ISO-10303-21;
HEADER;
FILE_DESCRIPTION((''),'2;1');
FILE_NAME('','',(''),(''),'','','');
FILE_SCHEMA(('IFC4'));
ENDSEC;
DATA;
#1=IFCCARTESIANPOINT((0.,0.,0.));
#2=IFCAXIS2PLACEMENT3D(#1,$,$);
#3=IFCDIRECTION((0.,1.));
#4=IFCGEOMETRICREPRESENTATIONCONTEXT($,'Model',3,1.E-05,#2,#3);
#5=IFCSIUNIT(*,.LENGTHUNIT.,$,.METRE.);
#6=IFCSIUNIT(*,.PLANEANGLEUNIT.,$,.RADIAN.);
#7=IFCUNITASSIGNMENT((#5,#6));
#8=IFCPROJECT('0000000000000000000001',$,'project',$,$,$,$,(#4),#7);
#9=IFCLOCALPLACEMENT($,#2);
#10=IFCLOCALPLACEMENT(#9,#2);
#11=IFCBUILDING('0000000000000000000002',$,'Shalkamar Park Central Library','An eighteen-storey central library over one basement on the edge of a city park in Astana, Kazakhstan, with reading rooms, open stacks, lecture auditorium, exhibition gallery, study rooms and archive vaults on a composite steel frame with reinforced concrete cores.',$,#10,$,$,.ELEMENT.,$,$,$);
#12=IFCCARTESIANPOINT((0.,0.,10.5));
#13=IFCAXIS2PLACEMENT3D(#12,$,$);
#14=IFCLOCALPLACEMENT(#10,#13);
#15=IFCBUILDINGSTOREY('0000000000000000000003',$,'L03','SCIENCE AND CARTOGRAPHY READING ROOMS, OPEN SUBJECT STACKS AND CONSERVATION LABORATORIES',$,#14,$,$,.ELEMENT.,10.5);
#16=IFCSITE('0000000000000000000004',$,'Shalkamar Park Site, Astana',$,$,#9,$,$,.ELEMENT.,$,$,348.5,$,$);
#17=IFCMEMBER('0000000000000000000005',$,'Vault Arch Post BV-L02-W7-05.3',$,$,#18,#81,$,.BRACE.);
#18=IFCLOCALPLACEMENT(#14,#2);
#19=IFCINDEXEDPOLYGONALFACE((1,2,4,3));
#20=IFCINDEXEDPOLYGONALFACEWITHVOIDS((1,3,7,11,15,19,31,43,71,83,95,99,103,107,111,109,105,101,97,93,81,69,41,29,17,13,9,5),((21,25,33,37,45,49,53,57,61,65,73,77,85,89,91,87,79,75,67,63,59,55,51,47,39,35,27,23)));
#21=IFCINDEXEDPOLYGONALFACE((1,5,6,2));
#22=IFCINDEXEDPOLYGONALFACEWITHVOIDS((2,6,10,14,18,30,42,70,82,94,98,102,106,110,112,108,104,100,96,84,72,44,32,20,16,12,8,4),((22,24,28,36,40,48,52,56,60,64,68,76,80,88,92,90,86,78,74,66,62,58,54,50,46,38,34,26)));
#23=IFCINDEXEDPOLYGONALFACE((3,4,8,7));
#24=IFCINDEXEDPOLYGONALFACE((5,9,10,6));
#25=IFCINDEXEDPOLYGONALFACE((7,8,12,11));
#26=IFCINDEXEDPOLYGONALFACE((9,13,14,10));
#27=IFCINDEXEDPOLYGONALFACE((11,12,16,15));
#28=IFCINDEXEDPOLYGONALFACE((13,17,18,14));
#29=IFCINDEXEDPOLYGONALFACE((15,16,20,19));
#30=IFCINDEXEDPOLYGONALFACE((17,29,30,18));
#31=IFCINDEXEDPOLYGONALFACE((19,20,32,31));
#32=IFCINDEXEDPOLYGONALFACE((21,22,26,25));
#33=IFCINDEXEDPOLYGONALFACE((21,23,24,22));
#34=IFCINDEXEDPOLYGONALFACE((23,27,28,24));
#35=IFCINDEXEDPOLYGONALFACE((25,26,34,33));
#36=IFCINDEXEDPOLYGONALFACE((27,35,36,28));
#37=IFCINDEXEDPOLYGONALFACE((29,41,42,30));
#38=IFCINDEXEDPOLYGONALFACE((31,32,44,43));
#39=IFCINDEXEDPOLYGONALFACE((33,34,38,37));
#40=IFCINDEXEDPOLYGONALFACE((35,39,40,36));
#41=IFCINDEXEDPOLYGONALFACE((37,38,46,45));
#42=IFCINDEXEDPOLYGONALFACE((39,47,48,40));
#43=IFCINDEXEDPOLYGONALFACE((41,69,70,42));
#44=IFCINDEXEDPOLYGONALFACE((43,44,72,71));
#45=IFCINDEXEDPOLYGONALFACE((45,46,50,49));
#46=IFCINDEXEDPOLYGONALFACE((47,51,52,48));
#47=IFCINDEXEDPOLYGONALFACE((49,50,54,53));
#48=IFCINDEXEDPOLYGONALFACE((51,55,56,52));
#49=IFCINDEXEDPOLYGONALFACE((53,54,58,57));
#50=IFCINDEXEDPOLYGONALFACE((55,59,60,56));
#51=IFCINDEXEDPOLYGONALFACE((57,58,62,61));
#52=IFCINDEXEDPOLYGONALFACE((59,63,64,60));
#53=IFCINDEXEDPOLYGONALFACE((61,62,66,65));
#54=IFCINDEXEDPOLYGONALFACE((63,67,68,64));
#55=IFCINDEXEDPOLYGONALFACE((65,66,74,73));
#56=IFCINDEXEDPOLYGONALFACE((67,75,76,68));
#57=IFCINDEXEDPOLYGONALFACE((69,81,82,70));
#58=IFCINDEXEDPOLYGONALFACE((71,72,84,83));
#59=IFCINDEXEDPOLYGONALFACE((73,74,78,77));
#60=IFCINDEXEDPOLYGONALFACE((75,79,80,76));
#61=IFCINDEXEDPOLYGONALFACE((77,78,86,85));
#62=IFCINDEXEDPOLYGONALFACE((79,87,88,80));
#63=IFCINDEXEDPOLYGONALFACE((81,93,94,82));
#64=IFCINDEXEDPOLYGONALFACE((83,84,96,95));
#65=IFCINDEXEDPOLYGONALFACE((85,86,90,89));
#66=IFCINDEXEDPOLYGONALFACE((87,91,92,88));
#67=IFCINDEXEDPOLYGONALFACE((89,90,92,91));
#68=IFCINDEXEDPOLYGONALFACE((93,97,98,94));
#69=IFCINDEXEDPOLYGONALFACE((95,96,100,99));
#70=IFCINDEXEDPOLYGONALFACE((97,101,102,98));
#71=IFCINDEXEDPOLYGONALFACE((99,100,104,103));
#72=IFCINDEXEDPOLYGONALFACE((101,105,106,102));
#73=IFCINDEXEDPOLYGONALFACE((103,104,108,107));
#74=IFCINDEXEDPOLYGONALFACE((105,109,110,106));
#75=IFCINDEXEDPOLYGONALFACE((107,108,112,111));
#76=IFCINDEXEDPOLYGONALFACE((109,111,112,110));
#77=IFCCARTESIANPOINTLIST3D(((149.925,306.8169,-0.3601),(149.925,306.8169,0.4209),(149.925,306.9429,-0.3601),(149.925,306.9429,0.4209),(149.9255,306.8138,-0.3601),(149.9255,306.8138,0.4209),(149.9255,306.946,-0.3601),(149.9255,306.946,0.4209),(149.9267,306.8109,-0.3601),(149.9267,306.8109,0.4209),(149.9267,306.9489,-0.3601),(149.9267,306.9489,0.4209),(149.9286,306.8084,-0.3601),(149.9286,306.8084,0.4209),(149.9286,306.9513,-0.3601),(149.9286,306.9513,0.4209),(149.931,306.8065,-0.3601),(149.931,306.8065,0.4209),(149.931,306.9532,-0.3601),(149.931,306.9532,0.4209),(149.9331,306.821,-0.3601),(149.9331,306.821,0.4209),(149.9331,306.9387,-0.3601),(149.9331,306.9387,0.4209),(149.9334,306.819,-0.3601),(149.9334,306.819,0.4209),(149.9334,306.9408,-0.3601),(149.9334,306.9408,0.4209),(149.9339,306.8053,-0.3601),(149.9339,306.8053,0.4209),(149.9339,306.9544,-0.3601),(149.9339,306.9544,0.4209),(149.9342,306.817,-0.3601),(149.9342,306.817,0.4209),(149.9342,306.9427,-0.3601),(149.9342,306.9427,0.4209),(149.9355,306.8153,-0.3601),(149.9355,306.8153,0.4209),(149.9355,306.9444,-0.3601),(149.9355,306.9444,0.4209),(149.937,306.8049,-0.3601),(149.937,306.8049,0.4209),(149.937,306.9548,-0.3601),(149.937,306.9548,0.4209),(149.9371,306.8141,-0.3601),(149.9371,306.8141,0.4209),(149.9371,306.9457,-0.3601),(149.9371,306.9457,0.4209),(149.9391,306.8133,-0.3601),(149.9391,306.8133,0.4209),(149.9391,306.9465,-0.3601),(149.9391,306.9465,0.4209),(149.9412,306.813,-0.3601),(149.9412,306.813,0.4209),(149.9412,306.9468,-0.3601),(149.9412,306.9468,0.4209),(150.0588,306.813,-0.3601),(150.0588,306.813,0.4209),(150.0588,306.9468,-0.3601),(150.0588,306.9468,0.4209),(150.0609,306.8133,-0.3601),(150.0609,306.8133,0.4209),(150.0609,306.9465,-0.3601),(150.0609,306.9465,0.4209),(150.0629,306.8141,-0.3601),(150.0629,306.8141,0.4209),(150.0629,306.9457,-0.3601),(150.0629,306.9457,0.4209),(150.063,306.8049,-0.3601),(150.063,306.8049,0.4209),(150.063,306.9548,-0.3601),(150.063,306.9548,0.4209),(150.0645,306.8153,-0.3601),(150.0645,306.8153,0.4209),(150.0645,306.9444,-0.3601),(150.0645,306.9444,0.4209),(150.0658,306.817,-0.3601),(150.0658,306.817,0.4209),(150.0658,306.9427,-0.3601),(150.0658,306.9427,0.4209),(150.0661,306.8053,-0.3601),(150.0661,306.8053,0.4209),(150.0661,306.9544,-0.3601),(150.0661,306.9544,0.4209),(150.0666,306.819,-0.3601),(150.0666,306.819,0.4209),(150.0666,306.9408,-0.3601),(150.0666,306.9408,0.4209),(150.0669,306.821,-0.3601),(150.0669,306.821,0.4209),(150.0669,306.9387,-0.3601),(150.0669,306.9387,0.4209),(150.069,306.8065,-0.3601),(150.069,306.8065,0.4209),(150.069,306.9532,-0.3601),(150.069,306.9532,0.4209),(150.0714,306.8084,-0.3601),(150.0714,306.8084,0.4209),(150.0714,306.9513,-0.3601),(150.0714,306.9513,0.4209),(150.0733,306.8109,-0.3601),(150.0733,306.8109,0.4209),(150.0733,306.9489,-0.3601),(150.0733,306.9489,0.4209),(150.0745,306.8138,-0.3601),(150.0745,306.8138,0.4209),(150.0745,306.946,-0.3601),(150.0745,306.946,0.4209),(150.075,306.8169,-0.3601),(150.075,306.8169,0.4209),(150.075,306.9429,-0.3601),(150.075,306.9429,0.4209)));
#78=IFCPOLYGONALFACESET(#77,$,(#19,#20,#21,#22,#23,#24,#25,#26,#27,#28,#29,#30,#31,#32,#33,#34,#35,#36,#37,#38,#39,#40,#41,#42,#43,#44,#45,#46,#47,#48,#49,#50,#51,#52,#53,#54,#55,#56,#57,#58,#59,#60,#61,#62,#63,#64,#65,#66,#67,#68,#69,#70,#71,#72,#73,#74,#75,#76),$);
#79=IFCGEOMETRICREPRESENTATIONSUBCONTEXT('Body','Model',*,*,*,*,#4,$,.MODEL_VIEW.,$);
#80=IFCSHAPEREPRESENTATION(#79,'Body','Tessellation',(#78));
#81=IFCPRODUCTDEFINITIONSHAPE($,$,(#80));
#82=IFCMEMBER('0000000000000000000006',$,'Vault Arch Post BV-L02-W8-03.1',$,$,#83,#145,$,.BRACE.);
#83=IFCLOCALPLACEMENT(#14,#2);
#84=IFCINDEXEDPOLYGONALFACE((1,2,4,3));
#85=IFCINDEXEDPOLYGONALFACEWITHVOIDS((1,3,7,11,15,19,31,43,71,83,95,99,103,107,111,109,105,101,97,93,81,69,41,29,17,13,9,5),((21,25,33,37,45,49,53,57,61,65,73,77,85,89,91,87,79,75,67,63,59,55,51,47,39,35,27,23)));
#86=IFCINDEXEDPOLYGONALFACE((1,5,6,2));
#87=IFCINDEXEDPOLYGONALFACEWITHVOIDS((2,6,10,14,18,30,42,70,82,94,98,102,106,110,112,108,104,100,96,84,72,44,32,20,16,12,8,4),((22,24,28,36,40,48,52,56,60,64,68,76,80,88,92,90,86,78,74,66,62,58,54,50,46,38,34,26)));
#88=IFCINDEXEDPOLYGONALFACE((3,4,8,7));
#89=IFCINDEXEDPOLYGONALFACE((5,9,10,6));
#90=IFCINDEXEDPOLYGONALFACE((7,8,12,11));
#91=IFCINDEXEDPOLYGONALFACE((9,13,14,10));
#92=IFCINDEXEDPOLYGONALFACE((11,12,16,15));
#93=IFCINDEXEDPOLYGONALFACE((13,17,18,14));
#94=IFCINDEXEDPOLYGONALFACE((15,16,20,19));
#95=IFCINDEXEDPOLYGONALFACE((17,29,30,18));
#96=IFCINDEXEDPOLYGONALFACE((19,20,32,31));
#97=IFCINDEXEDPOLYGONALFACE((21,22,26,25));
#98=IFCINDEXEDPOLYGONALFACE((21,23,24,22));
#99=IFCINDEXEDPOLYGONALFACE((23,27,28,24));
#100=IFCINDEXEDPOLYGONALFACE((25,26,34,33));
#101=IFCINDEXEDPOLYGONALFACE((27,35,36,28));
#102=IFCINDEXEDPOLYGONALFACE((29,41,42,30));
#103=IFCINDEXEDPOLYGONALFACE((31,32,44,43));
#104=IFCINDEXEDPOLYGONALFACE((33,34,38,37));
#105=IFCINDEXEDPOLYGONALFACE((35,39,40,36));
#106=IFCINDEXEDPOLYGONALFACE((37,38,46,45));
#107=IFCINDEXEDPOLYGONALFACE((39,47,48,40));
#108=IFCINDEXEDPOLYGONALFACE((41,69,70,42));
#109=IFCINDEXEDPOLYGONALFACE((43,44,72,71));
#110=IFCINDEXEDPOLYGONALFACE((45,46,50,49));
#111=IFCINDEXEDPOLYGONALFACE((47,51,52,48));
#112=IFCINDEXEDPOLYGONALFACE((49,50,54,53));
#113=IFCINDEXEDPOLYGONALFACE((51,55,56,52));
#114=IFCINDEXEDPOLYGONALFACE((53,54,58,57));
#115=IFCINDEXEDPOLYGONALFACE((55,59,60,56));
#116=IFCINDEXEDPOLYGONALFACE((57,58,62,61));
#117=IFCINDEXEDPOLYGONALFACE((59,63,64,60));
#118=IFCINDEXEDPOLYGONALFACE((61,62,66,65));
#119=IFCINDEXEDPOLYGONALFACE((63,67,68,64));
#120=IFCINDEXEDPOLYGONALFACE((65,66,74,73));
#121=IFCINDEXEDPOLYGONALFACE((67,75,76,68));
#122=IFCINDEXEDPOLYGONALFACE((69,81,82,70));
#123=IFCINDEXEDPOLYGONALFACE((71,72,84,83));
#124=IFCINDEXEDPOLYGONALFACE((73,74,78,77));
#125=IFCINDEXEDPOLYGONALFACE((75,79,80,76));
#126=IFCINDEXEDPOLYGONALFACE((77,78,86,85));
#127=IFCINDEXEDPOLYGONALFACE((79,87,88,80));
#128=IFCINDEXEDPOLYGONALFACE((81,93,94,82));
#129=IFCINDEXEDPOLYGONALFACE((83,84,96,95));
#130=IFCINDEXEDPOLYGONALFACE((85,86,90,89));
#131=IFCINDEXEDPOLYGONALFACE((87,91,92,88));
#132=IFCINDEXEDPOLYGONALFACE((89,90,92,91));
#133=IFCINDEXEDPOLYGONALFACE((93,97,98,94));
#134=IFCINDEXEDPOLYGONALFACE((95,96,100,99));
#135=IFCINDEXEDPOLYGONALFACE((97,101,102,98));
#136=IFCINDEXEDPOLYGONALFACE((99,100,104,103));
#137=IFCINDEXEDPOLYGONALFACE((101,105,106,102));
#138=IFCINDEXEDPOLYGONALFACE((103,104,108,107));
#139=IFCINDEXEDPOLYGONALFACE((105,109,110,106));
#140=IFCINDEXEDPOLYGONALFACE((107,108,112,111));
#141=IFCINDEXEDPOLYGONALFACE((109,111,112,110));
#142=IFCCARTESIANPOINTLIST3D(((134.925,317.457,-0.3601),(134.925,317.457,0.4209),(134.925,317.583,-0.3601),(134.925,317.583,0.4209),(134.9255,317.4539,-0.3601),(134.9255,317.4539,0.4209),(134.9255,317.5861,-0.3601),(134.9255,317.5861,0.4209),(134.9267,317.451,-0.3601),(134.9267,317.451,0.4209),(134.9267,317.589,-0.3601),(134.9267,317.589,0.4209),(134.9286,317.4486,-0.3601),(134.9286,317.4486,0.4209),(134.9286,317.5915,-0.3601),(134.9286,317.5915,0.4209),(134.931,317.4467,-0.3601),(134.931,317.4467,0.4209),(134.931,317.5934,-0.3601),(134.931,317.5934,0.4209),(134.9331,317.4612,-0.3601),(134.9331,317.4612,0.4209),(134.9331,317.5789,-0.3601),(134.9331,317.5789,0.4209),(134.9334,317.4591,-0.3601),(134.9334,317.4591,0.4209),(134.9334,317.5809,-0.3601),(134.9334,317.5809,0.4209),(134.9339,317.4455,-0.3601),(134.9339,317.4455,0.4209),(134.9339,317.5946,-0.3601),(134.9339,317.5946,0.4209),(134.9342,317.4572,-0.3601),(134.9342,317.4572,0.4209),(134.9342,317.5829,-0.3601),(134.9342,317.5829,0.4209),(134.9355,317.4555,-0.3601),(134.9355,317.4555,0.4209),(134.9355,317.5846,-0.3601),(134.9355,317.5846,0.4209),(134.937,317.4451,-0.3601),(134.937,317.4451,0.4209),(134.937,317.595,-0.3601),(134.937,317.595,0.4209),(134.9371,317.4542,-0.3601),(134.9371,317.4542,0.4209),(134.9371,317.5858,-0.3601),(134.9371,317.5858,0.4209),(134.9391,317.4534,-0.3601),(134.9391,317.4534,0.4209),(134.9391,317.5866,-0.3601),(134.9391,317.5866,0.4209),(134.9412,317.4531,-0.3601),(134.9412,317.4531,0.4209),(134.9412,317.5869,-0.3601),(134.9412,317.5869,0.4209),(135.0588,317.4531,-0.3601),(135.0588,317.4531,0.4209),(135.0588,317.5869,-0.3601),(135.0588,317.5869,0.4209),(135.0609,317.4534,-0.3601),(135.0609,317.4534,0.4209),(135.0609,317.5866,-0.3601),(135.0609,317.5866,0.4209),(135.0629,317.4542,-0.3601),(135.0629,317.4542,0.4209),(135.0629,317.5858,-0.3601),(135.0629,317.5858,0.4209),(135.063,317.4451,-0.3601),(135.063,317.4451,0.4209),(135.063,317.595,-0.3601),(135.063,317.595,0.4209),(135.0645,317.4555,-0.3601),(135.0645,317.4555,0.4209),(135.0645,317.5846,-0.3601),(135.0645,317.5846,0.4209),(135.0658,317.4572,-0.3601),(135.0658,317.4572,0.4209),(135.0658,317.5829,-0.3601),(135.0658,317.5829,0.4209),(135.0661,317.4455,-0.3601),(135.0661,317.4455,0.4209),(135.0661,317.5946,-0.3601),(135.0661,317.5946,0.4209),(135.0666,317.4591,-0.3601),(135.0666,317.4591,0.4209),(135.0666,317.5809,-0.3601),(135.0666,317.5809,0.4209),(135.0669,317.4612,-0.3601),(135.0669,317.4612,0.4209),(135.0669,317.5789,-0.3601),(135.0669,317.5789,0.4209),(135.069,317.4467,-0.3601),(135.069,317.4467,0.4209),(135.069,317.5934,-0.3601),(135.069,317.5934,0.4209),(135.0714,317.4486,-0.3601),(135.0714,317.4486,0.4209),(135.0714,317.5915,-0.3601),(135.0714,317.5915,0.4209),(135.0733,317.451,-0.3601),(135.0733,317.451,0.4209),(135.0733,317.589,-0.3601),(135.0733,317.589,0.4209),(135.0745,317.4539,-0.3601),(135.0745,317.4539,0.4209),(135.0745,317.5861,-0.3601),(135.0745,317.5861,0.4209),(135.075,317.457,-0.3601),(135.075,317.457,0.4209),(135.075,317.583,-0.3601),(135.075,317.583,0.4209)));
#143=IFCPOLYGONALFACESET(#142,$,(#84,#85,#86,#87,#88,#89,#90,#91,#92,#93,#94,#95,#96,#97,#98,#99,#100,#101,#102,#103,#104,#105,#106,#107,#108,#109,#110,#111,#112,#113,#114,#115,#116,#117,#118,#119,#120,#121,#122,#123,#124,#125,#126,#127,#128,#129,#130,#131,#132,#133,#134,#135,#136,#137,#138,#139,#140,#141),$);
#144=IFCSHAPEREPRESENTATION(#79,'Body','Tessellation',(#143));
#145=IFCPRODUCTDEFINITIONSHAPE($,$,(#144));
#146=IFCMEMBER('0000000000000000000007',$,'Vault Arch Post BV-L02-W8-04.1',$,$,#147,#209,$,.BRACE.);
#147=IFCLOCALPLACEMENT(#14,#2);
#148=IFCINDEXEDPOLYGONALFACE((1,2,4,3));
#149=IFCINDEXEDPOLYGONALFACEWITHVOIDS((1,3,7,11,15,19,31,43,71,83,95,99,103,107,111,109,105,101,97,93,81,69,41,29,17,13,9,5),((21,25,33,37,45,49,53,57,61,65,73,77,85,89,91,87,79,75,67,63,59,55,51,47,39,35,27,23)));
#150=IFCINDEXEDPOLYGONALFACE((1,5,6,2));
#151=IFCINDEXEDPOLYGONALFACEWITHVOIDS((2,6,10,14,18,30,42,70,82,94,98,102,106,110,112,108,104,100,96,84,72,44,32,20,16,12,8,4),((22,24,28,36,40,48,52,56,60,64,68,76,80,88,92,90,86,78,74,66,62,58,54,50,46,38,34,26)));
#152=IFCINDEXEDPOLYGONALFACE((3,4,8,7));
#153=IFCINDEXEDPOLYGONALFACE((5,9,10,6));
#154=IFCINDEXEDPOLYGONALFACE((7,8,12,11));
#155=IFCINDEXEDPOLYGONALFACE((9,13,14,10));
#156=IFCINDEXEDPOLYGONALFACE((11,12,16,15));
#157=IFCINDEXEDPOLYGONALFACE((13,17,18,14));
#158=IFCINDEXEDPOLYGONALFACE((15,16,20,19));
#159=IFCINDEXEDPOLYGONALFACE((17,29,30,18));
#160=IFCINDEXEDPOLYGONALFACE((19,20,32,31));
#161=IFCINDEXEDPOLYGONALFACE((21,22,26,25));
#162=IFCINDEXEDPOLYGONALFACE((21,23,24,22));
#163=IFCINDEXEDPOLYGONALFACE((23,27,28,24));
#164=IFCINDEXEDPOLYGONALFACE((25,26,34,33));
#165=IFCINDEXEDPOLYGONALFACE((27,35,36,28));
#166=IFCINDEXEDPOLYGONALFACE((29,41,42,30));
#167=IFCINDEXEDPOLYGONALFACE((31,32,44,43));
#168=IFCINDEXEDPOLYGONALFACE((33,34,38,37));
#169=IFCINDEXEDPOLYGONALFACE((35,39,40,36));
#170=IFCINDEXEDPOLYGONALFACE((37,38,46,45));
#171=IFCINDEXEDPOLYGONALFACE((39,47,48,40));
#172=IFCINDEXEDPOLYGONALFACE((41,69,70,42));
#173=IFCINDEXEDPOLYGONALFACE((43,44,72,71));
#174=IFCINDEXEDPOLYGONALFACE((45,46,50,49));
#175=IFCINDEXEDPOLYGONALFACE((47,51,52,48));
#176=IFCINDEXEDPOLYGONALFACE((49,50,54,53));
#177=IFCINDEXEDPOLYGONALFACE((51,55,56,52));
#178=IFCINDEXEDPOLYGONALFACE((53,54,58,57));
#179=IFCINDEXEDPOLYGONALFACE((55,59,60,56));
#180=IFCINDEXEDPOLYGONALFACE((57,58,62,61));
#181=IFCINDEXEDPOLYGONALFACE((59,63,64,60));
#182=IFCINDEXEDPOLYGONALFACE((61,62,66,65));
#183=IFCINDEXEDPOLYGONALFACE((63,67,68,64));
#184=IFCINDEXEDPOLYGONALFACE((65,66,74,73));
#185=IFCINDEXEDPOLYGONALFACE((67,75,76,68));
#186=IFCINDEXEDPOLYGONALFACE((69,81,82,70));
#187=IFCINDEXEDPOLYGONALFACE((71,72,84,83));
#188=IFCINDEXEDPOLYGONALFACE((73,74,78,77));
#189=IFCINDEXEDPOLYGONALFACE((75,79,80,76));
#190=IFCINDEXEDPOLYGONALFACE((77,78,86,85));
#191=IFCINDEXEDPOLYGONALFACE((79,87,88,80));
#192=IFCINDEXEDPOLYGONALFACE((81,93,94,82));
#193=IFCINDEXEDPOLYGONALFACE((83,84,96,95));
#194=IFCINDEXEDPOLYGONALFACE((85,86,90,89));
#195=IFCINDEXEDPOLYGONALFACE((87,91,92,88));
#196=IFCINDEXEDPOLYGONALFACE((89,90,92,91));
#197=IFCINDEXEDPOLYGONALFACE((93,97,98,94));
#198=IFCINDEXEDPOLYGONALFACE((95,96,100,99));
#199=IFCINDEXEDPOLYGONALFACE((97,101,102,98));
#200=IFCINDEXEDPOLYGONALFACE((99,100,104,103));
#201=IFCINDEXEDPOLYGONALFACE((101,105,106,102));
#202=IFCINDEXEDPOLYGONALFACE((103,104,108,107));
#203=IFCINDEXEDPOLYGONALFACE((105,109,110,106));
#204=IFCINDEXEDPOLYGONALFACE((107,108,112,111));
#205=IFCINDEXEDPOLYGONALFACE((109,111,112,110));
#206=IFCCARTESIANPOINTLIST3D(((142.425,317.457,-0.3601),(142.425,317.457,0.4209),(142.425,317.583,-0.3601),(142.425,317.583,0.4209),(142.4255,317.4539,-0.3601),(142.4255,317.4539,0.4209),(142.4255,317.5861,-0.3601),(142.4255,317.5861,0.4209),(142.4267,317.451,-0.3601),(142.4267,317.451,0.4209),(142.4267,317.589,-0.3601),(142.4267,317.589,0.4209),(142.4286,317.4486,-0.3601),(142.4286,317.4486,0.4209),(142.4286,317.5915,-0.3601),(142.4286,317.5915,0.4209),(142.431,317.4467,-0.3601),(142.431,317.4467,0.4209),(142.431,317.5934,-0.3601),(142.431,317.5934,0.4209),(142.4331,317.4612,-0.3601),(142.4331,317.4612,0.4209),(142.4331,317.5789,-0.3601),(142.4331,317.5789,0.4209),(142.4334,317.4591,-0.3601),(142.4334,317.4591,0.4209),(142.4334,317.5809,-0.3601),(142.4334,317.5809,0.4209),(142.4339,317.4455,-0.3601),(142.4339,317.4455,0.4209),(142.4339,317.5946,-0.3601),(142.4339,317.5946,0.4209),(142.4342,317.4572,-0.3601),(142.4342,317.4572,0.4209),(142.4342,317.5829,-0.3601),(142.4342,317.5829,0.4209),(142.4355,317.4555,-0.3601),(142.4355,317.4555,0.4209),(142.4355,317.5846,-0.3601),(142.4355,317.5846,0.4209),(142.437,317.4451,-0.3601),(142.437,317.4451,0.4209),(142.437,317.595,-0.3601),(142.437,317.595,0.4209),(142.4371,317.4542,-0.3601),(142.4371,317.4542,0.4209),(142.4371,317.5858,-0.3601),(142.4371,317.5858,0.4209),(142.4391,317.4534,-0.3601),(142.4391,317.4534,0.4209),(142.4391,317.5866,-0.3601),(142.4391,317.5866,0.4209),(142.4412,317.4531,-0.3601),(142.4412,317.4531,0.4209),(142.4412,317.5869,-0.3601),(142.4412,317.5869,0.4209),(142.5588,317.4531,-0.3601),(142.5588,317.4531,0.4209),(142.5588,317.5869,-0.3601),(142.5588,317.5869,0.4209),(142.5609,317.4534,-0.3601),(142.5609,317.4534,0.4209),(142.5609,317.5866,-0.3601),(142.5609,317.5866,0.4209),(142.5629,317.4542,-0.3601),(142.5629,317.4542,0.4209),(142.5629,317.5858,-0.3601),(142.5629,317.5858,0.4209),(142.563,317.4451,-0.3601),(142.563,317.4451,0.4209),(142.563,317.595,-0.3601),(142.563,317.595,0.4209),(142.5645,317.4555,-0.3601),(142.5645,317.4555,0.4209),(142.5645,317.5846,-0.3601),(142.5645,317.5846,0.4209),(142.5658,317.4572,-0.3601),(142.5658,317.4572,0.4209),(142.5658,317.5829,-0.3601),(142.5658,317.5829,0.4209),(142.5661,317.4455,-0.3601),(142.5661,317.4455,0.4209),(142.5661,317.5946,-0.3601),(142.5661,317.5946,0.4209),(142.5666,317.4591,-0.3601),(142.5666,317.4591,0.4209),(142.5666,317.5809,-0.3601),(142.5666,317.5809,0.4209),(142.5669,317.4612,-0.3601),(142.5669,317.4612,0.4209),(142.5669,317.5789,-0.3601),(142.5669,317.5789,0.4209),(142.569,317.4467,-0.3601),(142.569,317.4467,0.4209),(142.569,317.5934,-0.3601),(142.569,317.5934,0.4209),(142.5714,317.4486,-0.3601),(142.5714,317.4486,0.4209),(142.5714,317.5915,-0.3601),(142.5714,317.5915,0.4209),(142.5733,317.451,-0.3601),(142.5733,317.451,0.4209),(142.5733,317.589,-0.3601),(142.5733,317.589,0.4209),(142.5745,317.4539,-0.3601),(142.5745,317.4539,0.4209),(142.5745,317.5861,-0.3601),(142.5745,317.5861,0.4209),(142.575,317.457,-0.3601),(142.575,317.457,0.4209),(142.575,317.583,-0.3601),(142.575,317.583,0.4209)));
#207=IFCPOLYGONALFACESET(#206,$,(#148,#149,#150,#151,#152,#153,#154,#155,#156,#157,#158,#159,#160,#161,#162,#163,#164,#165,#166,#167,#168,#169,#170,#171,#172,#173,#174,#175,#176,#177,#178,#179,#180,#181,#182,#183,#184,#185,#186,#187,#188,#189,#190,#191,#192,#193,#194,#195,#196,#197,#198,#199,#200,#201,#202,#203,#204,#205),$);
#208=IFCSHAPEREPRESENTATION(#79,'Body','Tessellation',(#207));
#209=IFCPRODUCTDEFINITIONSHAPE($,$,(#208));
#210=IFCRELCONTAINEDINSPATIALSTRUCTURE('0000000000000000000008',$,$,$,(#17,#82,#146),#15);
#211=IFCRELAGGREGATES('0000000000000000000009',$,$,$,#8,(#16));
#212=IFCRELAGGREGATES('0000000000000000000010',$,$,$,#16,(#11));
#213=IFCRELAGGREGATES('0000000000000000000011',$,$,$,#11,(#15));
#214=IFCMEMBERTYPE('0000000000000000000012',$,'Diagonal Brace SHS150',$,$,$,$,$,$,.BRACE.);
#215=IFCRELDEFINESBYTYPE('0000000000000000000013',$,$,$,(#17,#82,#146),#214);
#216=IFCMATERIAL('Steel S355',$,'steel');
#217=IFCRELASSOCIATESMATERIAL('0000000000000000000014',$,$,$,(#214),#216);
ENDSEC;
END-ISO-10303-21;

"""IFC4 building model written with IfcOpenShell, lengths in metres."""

from ifc_helpers import new_model, si_unit, direction, frame, origin, origin_2d, place, context, subcontext, project, spatial, hollow_rectangle, extrude, material, material_profile, profile_set, type_object, element, save


model = new_model("IFC4")

# Units and contexts
model_context = context("Model", 3, precision=1e-05, world=origin(), true_north=direction((0.0, 1.0)))
body_context = subcontext(model_context, "Body", "Model", "MODEL_VIEW")
ifc_project = project(units=[si_unit("LENGTHUNIT", "METRE"), si_unit("PLANEANGLEUNIT", "RADIAN")], contexts=[model_context])

# Site, building, storey
site_placement = place(None, origin())
site = spatial("IfcSite", under=ifc_project, at=site_placement, Name="Shalkamar Park Site, Astana", CompositionType="ELEMENT", RefElevation=348.5)
building_placement = place(site_placement, origin())
building = spatial("IfcBuilding", under=site, at=building_placement, Name="Shalkamar Park Central Library", Description="An eighteen-storey central library over one basement on the edge of a city park in Astana, Kazakhstan, with reading rooms, open stacks, lecture auditorium, exhibition gallery, study rooms and archive vaults on a composite steel frame with reinforced concrete cores.", CompositionType="ELEMENT")
storey_placement = place(building_placement, frame((0.0, 0.0, 10.5)))
storey = spatial("IfcBuildingStorey", under=building, at=storey_placement, Name="L03", Description="SCIENCE AND CARTOGRAPHY READING ROOMS, OPEN SUBJECT STACKS AND CONSERVATION LABORATORIES", CompositionType="ELEMENT", Elevation=10.5)

# Shared definitions
ifc_material_1 = material(Name="Steel S355", Category="steel")

# Members
ifc_material_profile_1 = material_profile(ifc_material_1, hollow_rectangle(XDim=0.1499, YDim=0.1499, WallThickness=0.0081, InnerFilletRadius=0.0081, OuterFilletRadius=0.012, at=origin_2d()), Name="SHS 150x150x8")
ifc_profile_set_1 = profile_set([ifc_material_profile_1], Name="Steel S355")
member_type_1 = type_object("IfcMemberType", Name="Diagonal Brace SHS150", PredefinedType="BRACE", material=ifc_profile_set_1)
for number, where, z_axis, x_axis, name in (
    (1, (150.0, 306.8799, -0.3601), (0.0, 0.0, 1.0), (1.0, 0.0, 0.0), "Vault Arch Post BV-L02-W7-05.3"),
    (2, (135.0, 317.52, -0.3601), (0.0, 0.0, 1.0), (1.0, 0.0, 0.0), "Vault Arch Post BV-L02-W8-03.1"),
    (3, (142.5, 317.52, -0.3601), (0.0, 0.0, 1.0), (1.0, 0.0, 0.0), "Vault Arch Post BV-L02-W8-04.1"),
):
    element("IfcMember", number, at=place(storey_placement, frame(where, z_axis=z_axis, x_axis=x_axis)), inside=storey, type_object=member_type_1, Name=name, PredefinedType="BRACE", context=body_context, shape_type="SweptSolid", body=[
        extrude(hollow_rectangle(XDim=0.1499, YDim=0.1499, WallThickness=0.0081, InnerFilletRadius=0.0081, OuterFilletRadius=0.012, at=origin_2d()), origin(), (0.0, 0.0, 1.0), 0.781),
    ])

save(model, "model.ifc")
